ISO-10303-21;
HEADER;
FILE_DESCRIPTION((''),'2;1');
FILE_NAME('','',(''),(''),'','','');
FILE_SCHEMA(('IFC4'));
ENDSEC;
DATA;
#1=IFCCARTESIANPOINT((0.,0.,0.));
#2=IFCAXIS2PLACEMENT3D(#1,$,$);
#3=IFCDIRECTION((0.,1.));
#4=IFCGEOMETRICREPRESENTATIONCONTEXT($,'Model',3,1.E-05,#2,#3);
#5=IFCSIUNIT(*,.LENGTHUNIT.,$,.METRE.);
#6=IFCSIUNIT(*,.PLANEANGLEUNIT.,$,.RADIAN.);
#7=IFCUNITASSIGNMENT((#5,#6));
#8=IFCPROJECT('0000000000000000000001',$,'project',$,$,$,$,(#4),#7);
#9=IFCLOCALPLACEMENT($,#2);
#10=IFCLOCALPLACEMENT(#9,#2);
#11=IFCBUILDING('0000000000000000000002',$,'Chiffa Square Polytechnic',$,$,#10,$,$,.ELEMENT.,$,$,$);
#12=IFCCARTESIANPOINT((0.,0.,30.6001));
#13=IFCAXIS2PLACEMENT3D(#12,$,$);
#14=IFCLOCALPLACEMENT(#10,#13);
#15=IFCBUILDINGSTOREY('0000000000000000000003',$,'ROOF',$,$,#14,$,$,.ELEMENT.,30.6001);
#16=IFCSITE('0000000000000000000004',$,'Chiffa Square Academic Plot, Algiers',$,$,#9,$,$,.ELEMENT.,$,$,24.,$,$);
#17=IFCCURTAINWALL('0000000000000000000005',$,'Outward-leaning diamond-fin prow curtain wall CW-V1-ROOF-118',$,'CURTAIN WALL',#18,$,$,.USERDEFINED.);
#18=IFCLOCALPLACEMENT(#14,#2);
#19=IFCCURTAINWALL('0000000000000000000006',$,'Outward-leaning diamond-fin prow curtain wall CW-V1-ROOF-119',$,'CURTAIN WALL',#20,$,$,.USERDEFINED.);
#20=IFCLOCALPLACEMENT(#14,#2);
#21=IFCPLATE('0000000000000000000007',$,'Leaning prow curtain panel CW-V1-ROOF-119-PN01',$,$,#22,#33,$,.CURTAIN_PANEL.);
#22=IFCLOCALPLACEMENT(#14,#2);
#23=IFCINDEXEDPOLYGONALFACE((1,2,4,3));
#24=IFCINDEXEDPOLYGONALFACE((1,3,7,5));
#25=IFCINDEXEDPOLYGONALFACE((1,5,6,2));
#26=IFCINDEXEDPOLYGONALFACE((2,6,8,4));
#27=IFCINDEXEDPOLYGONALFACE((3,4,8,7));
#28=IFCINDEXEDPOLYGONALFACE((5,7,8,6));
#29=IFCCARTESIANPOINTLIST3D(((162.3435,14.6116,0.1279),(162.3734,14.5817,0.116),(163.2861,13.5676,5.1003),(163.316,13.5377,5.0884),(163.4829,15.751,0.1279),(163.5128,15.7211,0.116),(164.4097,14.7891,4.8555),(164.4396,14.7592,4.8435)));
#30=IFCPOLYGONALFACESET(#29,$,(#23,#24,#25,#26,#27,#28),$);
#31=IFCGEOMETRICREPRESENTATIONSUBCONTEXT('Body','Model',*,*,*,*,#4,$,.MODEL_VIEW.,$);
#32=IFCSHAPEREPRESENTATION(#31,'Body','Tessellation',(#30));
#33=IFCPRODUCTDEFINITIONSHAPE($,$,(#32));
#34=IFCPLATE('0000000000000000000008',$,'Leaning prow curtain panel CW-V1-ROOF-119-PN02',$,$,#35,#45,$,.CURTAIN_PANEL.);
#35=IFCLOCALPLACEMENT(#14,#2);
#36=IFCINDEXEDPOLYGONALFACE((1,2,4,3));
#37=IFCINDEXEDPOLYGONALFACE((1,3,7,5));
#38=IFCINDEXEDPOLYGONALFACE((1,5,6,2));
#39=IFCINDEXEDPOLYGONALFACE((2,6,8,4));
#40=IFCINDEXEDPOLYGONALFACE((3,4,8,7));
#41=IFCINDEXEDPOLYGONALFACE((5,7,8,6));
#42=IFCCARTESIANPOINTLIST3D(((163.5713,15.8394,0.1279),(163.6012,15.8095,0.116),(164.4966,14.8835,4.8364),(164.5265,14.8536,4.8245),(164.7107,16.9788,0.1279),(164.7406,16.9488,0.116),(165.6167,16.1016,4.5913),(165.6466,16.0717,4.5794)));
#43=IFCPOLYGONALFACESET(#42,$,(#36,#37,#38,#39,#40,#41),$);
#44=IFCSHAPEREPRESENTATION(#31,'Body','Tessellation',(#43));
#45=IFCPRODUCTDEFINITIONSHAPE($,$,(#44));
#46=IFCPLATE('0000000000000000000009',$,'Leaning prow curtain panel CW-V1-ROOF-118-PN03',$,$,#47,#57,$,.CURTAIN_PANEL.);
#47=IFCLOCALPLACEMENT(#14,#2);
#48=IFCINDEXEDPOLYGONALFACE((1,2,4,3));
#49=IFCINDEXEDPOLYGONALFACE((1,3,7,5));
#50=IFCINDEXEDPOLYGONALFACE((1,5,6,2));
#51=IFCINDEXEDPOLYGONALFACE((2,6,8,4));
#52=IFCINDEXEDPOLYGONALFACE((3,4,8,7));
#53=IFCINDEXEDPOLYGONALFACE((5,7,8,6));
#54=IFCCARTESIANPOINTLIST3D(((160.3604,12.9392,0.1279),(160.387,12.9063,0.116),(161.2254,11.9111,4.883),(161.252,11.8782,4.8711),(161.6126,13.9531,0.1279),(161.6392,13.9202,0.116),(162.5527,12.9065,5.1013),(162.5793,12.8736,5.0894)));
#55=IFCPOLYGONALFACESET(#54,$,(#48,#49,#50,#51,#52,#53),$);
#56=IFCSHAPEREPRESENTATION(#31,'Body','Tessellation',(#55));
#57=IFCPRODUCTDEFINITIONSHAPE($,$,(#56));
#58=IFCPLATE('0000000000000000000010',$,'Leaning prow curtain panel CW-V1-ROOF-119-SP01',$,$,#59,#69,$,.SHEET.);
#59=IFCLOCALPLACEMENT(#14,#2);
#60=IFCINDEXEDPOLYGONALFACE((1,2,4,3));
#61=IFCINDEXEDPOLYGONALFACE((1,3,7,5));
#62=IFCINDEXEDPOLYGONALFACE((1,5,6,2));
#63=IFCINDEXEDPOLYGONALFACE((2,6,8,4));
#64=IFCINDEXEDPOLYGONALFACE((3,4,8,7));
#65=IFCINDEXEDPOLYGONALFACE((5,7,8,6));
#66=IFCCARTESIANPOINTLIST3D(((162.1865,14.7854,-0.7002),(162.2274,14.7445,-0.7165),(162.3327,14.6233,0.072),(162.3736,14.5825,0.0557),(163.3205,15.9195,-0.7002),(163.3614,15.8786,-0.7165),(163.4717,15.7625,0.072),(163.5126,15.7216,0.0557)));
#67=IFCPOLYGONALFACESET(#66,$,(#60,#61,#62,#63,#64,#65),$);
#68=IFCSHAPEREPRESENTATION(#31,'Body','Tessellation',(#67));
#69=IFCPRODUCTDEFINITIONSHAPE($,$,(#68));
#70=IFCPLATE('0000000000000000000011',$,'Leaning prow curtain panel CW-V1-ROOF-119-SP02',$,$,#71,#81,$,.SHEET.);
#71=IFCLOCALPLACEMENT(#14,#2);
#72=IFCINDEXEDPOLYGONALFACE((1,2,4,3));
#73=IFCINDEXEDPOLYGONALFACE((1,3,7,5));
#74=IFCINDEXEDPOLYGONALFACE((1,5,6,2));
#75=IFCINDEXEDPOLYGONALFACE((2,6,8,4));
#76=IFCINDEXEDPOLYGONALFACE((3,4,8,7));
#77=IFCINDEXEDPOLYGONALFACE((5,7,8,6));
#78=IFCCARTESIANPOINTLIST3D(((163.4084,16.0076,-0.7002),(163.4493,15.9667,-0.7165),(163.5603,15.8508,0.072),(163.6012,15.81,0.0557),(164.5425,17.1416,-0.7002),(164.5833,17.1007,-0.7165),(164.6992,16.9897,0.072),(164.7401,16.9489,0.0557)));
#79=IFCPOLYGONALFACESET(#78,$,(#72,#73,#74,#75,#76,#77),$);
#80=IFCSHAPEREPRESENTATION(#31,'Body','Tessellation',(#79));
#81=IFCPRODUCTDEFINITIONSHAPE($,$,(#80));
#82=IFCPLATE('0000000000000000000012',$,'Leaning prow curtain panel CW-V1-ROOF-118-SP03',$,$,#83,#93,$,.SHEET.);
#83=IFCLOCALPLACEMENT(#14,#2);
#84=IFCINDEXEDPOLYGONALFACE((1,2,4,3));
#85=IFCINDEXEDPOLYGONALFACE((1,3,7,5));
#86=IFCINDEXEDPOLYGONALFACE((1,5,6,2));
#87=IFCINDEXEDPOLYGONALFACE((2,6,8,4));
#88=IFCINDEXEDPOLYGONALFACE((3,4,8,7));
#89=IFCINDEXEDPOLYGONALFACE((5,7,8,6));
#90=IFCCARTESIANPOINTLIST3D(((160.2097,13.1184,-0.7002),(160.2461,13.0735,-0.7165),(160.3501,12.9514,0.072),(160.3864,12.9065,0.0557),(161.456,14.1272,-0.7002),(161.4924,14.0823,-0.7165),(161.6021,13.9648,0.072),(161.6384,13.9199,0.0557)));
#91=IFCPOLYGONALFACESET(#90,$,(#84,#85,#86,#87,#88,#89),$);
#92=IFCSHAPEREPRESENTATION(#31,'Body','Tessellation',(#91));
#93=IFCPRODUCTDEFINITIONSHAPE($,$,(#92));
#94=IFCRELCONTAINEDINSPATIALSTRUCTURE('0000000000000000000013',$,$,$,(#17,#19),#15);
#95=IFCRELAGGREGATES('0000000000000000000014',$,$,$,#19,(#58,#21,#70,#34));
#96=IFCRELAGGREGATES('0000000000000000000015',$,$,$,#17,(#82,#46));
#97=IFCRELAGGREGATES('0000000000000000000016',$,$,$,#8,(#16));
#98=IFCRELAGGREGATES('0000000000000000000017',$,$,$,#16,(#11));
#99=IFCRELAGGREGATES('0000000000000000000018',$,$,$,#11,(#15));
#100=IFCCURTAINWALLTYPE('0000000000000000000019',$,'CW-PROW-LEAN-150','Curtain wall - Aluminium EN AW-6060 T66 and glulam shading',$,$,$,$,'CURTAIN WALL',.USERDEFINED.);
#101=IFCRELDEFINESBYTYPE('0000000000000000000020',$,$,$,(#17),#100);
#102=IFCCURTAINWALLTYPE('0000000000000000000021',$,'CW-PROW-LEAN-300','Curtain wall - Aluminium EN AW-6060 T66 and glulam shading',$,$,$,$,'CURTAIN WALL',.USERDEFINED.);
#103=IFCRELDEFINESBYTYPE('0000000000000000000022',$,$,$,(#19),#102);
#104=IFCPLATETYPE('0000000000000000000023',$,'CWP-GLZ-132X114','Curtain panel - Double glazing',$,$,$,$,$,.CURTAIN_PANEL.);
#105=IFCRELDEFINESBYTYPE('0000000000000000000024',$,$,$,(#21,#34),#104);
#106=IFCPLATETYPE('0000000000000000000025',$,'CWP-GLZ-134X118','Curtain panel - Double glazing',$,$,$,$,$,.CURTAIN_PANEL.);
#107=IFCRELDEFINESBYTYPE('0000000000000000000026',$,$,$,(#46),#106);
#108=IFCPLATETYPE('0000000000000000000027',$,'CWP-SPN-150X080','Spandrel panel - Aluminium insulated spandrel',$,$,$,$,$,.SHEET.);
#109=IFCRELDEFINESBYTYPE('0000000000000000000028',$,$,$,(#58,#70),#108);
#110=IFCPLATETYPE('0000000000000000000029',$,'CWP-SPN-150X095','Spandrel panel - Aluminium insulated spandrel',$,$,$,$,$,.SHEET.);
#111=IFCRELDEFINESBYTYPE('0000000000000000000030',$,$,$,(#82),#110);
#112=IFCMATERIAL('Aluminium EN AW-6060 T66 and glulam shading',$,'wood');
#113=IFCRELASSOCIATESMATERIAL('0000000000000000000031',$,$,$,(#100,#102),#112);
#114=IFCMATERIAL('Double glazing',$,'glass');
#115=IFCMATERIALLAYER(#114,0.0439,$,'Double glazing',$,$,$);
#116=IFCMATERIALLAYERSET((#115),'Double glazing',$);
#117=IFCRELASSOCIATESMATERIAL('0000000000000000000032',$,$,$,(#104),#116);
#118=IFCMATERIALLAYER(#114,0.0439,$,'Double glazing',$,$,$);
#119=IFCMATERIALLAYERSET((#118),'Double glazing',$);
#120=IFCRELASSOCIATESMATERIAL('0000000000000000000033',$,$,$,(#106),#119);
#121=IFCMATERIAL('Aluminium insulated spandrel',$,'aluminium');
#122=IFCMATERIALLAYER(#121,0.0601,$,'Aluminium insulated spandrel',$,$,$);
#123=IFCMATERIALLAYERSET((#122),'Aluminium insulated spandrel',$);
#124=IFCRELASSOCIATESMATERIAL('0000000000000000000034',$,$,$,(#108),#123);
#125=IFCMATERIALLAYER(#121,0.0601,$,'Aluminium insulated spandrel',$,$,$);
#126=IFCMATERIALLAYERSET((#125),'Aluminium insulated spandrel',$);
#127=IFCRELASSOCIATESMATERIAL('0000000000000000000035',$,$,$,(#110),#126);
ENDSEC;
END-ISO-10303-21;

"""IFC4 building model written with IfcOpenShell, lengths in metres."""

from ifc_helpers import new_model, si_unit, direction, frame, origin, place, context, subcontext, project, spatial, polyline, outline, extrude, material, layer, layer_set, type_object, element, aggregate, save


model = new_model("IFC4")

# Units and contexts
model_context = context("Model", 3, precision=1e-05, world=origin(), true_north=direction((0.0, 1.0)))
body_context = subcontext(model_context, "Body", "Model", "MODEL_VIEW")
ifc_project = project(units=[si_unit("LENGTHUNIT", "METRE"), si_unit("PLANEANGLEUNIT", "RADIAN")], contexts=[model_context])

# Site, building, storey
site_placement = place(None, origin())
site = spatial("IfcSite", under=ifc_project, at=site_placement, Name="Chiffa Square Academic Plot, Algiers", CompositionType="ELEMENT", RefElevation=24.0)
building_placement = place(site_placement, origin())
building = spatial("IfcBuilding", under=site, at=building_placement, Name="Chiffa Square Polytechnic", CompositionType="ELEMENT")
storey_placement = place(building_placement, frame((0.0, 0.0, 30.6001)))
storey = spatial("IfcBuildingStorey", under=building, at=storey_placement, Name="ROOF", CompositionType="ELEMENT", Elevation=30.6001)

# Curtain walls
ifc_material_1 = material(Name="Aluminium EN AW-6060 T66 and glulam shading", Category="wood")
curtain_wall_type_1 = type_object("IfcCurtainWallType", Name="CW-PROW-LEAN-150", Description="Curtain wall - Aluminium EN AW-6060 T66 and glulam shading", ElementType="CURTAIN WALL", PredefinedType="USERDEFINED", material=ifc_material_1)
curtain_wall_1_placement = place(storey_placement, origin())
curtain_wall_1 = element("IfcCurtainWall", 1, at=curtain_wall_1_placement, inside=storey, type_object=curtain_wall_type_1, Name="Outward-leaning diamond-fin prow curtain wall CW-V1-ROOF-118", ObjectType="CURTAIN WALL", PredefinedType="USERDEFINED")
curtain_wall_type_2 = type_object("IfcCurtainWallType", Name="CW-PROW-LEAN-300", Description="Curtain wall - Aluminium EN AW-6060 T66 and glulam shading", ElementType="CURTAIN WALL", PredefinedType="USERDEFINED", material=ifc_material_1)
curtain_wall_2_placement = place(storey_placement, origin())
curtain_wall_2 = element("IfcCurtainWall", 2, at=curtain_wall_2_placement, inside=storey, type_object=curtain_wall_type_2, Name="Outward-leaning diamond-fin prow curtain wall CW-V1-ROOF-119", ObjectType="CURTAIN WALL", PredefinedType="USERDEFINED")

# Plates
ifc_material_2 = material(Name="Double glazing", Category="glass")
ifc_layer_1 = layer(ifc_material_2, 0.0439, Name="Double glazing")
ifc_layer_set_1 = layer_set([ifc_layer_1], Name="Double glazing")
plate_type_1 = type_object("IfcPlateType", Name="CWP-GLZ-132X114", Description="Curtain panel - Double glazing", PredefinedType="CURTAIN_PANEL", material=ifc_layer_set_1)
plate_1_placement = place(storey_placement, frame((162.3435, 14.6116, 0.1279), z_axis=(-0.680486, 0.680465, 0.271858), x_axis=(0.707097, 0.707117, 0.000004)))
plate_1 = element("IfcPlate", 3, at=plate_1_placement, type_object=plate_type_1, Name="Leaning prow curtain panel CW-V1-ROOF-119-PN01", PredefinedType="CURTAIN_PANEL", context=body_context, shape_type="SweptSolid", body=[
    extrude(outline(polyline([(0.0, 0.0), (1.6114, 0.0), (1.5865, -4.9126), (-0.0716, -5.167), (0.0, 0.0)])), origin(), (0.0, 0.0, -1.0), 0.0439),
])
plate_2_placement = place(storey_placement, frame((163.5713, 15.8394, 0.1279), z_axis=(-0.680471, 0.680479, 0.27186), x_axis=(0.707111, 0.707103, -0.000002)))
plate_2 = element("IfcPlate", 4, at=plate_2_placement, type_object=plate_type_1, Name="Leaning prow curtain panel CW-V1-ROOF-119-PN02", PredefinedType="CURTAIN_PANEL", context=body_context, shape_type="SweptSolid", body=[
    extrude(outline(polyline([(0.0, 0.0), (1.6114, 0.0), (1.6317, -4.6381), (-0.0216, -4.8928), (0.0, 0.0)])), origin(), (0.0, 0.0, -1.0), 0.0439),
])
ifc_layer_2 = layer(ifc_material_2, 0.0439, Name="Double glazing")
ifc_layer_set_2 = layer_set([ifc_layer_2], Name="Double glazing")
plate_type_2 = type_object("IfcPlateType", Name="CWP-GLZ-134X118", Description="Curtain panel - Double glazing", PredefinedType="CURTAIN_PANEL", material=ifc_layer_set_2)
plate_3_placement = place(storey_placement, frame((160.3604, 12.9392, 0.1279), z_axis=(-0.605565, 0.747917, 0.271867), x_axis=(0.777188, 0.629268, -0.000006)))
plate_3 = element("IfcPlate", 5, at=plate_3_placement, type_object=plate_type_2, Name="Leaning prow curtain panel CW-V1-ROOF-118-PN03", PredefinedType="CURTAIN_PANEL", context=body_context, shape_type="SweptSolid", body=[
    extrude(outline(polyline([(0.0, 0.0), (1.6112, 0.0), (1.6833, -5.1681), (0.0253, -4.9412), (0.0, 0.0)])), origin(), (0.0, 0.0, -1.0), 0.0439),
])
ifc_material_3 = material(Name="Aluminium insulated spandrel", Category="aluminium")
ifc_layer_3 = layer(ifc_material_3, 0.0601, Name="Aluminium insulated spandrel")
ifc_layer_set_3 = layer_set([ifc_layer_3], Name="Aluminium insulated spandrel")
plate_type_3 = type_object("IfcPlateType", Name="CWP-SPN-150X080", Description="Spandrel panel - Aluminium insulated spandrel", PredefinedType="SHEET", material=ifc_layer_set_3)
plate_4_placement = place(storey_placement, frame((162.1865, 14.7854, -0.7002), z_axis=(-0.680558, 0.680485, 0.271627), x_axis=(0.707072, 0.707142, 0.000014)))
plate_4 = element("IfcPlate", 6, at=plate_4_placement, type_object=plate_type_3, Name="Leaning prow curtain panel CW-V1-ROOF-119-SP01", PredefinedType="SHEET", context=body_context, shape_type="SweptSolid", body=[
    extrude(outline(polyline([(0.0, 0.0), (1.6038, 0.0), (1.5996, -0.8024), (-0.0112, -0.8024), (0.0, 0.0)])), origin(), (0.0, 0.0, -1.0), 0.0601),
])
plate_5_placement = place(storey_placement, frame((163.4084, 16.0076, -0.7002), z_axis=(-0.680462, 0.680462, 0.271926), x_axis=(0.707107, 0.707107, 0.0)))
plate_5 = element("IfcPlate", 7, at=plate_5_placement, type_object=plate_type_3, Name="Leaning prow curtain panel CW-V1-ROOF-119-SP02", PredefinedType="SHEET", context=body_context, shape_type="SweptSolid", body=[
    extrude(outline(polyline([(0.0, 0.0), (1.6038, 0.0), (1.6072, -0.8025), (-0.0035, -0.8025), (0.0, 0.0)])), origin(), (0.0, 0.0, -1.0), 0.0601),
])
aggregate(curtain_wall_2, [plate_4, plate_1, plate_5, plate_2])
ifc_layer_4 = layer(ifc_material_3, 0.0601, Name="Aluminium insulated spandrel")
ifc_layer_set_4 = layer_set([ifc_layer_4], Name="Aluminium insulated spandrel")
plate_type_4 = type_object("IfcPlateType", Name="CWP-SPN-150X095", Description="Spandrel panel - Aluminium insulated spandrel", PredefinedType="SHEET", material=ifc_layer_set_4)
plate_6_placement = place(storey_placement, frame((160.2097, 13.1184, -0.7002), z_axis=(-0.605476, 0.748019, 0.271783), x_axis=(0.777278, 0.629158, 0.000006)))
plate_6 = element("IfcPlate", 8, at=plate_6_placement, type_object=plate_type_4, Name="Leaning prow curtain panel CW-V1-ROOF-118-SP03", PredefinedType="SHEET", context=body_context, shape_type="SweptSolid", body=[
    extrude(outline(polyline([(0.0, 0.0), (1.6034, 0.0), (1.6148, -0.8024), (0.0041, -0.8024), (0.0, 0.0)])), origin(), (0.0, 0.0, -1.0), 0.0601),
])
aggregate(curtain_wall_1, [plate_6, plate_3])

save(model, "model.ifc")
